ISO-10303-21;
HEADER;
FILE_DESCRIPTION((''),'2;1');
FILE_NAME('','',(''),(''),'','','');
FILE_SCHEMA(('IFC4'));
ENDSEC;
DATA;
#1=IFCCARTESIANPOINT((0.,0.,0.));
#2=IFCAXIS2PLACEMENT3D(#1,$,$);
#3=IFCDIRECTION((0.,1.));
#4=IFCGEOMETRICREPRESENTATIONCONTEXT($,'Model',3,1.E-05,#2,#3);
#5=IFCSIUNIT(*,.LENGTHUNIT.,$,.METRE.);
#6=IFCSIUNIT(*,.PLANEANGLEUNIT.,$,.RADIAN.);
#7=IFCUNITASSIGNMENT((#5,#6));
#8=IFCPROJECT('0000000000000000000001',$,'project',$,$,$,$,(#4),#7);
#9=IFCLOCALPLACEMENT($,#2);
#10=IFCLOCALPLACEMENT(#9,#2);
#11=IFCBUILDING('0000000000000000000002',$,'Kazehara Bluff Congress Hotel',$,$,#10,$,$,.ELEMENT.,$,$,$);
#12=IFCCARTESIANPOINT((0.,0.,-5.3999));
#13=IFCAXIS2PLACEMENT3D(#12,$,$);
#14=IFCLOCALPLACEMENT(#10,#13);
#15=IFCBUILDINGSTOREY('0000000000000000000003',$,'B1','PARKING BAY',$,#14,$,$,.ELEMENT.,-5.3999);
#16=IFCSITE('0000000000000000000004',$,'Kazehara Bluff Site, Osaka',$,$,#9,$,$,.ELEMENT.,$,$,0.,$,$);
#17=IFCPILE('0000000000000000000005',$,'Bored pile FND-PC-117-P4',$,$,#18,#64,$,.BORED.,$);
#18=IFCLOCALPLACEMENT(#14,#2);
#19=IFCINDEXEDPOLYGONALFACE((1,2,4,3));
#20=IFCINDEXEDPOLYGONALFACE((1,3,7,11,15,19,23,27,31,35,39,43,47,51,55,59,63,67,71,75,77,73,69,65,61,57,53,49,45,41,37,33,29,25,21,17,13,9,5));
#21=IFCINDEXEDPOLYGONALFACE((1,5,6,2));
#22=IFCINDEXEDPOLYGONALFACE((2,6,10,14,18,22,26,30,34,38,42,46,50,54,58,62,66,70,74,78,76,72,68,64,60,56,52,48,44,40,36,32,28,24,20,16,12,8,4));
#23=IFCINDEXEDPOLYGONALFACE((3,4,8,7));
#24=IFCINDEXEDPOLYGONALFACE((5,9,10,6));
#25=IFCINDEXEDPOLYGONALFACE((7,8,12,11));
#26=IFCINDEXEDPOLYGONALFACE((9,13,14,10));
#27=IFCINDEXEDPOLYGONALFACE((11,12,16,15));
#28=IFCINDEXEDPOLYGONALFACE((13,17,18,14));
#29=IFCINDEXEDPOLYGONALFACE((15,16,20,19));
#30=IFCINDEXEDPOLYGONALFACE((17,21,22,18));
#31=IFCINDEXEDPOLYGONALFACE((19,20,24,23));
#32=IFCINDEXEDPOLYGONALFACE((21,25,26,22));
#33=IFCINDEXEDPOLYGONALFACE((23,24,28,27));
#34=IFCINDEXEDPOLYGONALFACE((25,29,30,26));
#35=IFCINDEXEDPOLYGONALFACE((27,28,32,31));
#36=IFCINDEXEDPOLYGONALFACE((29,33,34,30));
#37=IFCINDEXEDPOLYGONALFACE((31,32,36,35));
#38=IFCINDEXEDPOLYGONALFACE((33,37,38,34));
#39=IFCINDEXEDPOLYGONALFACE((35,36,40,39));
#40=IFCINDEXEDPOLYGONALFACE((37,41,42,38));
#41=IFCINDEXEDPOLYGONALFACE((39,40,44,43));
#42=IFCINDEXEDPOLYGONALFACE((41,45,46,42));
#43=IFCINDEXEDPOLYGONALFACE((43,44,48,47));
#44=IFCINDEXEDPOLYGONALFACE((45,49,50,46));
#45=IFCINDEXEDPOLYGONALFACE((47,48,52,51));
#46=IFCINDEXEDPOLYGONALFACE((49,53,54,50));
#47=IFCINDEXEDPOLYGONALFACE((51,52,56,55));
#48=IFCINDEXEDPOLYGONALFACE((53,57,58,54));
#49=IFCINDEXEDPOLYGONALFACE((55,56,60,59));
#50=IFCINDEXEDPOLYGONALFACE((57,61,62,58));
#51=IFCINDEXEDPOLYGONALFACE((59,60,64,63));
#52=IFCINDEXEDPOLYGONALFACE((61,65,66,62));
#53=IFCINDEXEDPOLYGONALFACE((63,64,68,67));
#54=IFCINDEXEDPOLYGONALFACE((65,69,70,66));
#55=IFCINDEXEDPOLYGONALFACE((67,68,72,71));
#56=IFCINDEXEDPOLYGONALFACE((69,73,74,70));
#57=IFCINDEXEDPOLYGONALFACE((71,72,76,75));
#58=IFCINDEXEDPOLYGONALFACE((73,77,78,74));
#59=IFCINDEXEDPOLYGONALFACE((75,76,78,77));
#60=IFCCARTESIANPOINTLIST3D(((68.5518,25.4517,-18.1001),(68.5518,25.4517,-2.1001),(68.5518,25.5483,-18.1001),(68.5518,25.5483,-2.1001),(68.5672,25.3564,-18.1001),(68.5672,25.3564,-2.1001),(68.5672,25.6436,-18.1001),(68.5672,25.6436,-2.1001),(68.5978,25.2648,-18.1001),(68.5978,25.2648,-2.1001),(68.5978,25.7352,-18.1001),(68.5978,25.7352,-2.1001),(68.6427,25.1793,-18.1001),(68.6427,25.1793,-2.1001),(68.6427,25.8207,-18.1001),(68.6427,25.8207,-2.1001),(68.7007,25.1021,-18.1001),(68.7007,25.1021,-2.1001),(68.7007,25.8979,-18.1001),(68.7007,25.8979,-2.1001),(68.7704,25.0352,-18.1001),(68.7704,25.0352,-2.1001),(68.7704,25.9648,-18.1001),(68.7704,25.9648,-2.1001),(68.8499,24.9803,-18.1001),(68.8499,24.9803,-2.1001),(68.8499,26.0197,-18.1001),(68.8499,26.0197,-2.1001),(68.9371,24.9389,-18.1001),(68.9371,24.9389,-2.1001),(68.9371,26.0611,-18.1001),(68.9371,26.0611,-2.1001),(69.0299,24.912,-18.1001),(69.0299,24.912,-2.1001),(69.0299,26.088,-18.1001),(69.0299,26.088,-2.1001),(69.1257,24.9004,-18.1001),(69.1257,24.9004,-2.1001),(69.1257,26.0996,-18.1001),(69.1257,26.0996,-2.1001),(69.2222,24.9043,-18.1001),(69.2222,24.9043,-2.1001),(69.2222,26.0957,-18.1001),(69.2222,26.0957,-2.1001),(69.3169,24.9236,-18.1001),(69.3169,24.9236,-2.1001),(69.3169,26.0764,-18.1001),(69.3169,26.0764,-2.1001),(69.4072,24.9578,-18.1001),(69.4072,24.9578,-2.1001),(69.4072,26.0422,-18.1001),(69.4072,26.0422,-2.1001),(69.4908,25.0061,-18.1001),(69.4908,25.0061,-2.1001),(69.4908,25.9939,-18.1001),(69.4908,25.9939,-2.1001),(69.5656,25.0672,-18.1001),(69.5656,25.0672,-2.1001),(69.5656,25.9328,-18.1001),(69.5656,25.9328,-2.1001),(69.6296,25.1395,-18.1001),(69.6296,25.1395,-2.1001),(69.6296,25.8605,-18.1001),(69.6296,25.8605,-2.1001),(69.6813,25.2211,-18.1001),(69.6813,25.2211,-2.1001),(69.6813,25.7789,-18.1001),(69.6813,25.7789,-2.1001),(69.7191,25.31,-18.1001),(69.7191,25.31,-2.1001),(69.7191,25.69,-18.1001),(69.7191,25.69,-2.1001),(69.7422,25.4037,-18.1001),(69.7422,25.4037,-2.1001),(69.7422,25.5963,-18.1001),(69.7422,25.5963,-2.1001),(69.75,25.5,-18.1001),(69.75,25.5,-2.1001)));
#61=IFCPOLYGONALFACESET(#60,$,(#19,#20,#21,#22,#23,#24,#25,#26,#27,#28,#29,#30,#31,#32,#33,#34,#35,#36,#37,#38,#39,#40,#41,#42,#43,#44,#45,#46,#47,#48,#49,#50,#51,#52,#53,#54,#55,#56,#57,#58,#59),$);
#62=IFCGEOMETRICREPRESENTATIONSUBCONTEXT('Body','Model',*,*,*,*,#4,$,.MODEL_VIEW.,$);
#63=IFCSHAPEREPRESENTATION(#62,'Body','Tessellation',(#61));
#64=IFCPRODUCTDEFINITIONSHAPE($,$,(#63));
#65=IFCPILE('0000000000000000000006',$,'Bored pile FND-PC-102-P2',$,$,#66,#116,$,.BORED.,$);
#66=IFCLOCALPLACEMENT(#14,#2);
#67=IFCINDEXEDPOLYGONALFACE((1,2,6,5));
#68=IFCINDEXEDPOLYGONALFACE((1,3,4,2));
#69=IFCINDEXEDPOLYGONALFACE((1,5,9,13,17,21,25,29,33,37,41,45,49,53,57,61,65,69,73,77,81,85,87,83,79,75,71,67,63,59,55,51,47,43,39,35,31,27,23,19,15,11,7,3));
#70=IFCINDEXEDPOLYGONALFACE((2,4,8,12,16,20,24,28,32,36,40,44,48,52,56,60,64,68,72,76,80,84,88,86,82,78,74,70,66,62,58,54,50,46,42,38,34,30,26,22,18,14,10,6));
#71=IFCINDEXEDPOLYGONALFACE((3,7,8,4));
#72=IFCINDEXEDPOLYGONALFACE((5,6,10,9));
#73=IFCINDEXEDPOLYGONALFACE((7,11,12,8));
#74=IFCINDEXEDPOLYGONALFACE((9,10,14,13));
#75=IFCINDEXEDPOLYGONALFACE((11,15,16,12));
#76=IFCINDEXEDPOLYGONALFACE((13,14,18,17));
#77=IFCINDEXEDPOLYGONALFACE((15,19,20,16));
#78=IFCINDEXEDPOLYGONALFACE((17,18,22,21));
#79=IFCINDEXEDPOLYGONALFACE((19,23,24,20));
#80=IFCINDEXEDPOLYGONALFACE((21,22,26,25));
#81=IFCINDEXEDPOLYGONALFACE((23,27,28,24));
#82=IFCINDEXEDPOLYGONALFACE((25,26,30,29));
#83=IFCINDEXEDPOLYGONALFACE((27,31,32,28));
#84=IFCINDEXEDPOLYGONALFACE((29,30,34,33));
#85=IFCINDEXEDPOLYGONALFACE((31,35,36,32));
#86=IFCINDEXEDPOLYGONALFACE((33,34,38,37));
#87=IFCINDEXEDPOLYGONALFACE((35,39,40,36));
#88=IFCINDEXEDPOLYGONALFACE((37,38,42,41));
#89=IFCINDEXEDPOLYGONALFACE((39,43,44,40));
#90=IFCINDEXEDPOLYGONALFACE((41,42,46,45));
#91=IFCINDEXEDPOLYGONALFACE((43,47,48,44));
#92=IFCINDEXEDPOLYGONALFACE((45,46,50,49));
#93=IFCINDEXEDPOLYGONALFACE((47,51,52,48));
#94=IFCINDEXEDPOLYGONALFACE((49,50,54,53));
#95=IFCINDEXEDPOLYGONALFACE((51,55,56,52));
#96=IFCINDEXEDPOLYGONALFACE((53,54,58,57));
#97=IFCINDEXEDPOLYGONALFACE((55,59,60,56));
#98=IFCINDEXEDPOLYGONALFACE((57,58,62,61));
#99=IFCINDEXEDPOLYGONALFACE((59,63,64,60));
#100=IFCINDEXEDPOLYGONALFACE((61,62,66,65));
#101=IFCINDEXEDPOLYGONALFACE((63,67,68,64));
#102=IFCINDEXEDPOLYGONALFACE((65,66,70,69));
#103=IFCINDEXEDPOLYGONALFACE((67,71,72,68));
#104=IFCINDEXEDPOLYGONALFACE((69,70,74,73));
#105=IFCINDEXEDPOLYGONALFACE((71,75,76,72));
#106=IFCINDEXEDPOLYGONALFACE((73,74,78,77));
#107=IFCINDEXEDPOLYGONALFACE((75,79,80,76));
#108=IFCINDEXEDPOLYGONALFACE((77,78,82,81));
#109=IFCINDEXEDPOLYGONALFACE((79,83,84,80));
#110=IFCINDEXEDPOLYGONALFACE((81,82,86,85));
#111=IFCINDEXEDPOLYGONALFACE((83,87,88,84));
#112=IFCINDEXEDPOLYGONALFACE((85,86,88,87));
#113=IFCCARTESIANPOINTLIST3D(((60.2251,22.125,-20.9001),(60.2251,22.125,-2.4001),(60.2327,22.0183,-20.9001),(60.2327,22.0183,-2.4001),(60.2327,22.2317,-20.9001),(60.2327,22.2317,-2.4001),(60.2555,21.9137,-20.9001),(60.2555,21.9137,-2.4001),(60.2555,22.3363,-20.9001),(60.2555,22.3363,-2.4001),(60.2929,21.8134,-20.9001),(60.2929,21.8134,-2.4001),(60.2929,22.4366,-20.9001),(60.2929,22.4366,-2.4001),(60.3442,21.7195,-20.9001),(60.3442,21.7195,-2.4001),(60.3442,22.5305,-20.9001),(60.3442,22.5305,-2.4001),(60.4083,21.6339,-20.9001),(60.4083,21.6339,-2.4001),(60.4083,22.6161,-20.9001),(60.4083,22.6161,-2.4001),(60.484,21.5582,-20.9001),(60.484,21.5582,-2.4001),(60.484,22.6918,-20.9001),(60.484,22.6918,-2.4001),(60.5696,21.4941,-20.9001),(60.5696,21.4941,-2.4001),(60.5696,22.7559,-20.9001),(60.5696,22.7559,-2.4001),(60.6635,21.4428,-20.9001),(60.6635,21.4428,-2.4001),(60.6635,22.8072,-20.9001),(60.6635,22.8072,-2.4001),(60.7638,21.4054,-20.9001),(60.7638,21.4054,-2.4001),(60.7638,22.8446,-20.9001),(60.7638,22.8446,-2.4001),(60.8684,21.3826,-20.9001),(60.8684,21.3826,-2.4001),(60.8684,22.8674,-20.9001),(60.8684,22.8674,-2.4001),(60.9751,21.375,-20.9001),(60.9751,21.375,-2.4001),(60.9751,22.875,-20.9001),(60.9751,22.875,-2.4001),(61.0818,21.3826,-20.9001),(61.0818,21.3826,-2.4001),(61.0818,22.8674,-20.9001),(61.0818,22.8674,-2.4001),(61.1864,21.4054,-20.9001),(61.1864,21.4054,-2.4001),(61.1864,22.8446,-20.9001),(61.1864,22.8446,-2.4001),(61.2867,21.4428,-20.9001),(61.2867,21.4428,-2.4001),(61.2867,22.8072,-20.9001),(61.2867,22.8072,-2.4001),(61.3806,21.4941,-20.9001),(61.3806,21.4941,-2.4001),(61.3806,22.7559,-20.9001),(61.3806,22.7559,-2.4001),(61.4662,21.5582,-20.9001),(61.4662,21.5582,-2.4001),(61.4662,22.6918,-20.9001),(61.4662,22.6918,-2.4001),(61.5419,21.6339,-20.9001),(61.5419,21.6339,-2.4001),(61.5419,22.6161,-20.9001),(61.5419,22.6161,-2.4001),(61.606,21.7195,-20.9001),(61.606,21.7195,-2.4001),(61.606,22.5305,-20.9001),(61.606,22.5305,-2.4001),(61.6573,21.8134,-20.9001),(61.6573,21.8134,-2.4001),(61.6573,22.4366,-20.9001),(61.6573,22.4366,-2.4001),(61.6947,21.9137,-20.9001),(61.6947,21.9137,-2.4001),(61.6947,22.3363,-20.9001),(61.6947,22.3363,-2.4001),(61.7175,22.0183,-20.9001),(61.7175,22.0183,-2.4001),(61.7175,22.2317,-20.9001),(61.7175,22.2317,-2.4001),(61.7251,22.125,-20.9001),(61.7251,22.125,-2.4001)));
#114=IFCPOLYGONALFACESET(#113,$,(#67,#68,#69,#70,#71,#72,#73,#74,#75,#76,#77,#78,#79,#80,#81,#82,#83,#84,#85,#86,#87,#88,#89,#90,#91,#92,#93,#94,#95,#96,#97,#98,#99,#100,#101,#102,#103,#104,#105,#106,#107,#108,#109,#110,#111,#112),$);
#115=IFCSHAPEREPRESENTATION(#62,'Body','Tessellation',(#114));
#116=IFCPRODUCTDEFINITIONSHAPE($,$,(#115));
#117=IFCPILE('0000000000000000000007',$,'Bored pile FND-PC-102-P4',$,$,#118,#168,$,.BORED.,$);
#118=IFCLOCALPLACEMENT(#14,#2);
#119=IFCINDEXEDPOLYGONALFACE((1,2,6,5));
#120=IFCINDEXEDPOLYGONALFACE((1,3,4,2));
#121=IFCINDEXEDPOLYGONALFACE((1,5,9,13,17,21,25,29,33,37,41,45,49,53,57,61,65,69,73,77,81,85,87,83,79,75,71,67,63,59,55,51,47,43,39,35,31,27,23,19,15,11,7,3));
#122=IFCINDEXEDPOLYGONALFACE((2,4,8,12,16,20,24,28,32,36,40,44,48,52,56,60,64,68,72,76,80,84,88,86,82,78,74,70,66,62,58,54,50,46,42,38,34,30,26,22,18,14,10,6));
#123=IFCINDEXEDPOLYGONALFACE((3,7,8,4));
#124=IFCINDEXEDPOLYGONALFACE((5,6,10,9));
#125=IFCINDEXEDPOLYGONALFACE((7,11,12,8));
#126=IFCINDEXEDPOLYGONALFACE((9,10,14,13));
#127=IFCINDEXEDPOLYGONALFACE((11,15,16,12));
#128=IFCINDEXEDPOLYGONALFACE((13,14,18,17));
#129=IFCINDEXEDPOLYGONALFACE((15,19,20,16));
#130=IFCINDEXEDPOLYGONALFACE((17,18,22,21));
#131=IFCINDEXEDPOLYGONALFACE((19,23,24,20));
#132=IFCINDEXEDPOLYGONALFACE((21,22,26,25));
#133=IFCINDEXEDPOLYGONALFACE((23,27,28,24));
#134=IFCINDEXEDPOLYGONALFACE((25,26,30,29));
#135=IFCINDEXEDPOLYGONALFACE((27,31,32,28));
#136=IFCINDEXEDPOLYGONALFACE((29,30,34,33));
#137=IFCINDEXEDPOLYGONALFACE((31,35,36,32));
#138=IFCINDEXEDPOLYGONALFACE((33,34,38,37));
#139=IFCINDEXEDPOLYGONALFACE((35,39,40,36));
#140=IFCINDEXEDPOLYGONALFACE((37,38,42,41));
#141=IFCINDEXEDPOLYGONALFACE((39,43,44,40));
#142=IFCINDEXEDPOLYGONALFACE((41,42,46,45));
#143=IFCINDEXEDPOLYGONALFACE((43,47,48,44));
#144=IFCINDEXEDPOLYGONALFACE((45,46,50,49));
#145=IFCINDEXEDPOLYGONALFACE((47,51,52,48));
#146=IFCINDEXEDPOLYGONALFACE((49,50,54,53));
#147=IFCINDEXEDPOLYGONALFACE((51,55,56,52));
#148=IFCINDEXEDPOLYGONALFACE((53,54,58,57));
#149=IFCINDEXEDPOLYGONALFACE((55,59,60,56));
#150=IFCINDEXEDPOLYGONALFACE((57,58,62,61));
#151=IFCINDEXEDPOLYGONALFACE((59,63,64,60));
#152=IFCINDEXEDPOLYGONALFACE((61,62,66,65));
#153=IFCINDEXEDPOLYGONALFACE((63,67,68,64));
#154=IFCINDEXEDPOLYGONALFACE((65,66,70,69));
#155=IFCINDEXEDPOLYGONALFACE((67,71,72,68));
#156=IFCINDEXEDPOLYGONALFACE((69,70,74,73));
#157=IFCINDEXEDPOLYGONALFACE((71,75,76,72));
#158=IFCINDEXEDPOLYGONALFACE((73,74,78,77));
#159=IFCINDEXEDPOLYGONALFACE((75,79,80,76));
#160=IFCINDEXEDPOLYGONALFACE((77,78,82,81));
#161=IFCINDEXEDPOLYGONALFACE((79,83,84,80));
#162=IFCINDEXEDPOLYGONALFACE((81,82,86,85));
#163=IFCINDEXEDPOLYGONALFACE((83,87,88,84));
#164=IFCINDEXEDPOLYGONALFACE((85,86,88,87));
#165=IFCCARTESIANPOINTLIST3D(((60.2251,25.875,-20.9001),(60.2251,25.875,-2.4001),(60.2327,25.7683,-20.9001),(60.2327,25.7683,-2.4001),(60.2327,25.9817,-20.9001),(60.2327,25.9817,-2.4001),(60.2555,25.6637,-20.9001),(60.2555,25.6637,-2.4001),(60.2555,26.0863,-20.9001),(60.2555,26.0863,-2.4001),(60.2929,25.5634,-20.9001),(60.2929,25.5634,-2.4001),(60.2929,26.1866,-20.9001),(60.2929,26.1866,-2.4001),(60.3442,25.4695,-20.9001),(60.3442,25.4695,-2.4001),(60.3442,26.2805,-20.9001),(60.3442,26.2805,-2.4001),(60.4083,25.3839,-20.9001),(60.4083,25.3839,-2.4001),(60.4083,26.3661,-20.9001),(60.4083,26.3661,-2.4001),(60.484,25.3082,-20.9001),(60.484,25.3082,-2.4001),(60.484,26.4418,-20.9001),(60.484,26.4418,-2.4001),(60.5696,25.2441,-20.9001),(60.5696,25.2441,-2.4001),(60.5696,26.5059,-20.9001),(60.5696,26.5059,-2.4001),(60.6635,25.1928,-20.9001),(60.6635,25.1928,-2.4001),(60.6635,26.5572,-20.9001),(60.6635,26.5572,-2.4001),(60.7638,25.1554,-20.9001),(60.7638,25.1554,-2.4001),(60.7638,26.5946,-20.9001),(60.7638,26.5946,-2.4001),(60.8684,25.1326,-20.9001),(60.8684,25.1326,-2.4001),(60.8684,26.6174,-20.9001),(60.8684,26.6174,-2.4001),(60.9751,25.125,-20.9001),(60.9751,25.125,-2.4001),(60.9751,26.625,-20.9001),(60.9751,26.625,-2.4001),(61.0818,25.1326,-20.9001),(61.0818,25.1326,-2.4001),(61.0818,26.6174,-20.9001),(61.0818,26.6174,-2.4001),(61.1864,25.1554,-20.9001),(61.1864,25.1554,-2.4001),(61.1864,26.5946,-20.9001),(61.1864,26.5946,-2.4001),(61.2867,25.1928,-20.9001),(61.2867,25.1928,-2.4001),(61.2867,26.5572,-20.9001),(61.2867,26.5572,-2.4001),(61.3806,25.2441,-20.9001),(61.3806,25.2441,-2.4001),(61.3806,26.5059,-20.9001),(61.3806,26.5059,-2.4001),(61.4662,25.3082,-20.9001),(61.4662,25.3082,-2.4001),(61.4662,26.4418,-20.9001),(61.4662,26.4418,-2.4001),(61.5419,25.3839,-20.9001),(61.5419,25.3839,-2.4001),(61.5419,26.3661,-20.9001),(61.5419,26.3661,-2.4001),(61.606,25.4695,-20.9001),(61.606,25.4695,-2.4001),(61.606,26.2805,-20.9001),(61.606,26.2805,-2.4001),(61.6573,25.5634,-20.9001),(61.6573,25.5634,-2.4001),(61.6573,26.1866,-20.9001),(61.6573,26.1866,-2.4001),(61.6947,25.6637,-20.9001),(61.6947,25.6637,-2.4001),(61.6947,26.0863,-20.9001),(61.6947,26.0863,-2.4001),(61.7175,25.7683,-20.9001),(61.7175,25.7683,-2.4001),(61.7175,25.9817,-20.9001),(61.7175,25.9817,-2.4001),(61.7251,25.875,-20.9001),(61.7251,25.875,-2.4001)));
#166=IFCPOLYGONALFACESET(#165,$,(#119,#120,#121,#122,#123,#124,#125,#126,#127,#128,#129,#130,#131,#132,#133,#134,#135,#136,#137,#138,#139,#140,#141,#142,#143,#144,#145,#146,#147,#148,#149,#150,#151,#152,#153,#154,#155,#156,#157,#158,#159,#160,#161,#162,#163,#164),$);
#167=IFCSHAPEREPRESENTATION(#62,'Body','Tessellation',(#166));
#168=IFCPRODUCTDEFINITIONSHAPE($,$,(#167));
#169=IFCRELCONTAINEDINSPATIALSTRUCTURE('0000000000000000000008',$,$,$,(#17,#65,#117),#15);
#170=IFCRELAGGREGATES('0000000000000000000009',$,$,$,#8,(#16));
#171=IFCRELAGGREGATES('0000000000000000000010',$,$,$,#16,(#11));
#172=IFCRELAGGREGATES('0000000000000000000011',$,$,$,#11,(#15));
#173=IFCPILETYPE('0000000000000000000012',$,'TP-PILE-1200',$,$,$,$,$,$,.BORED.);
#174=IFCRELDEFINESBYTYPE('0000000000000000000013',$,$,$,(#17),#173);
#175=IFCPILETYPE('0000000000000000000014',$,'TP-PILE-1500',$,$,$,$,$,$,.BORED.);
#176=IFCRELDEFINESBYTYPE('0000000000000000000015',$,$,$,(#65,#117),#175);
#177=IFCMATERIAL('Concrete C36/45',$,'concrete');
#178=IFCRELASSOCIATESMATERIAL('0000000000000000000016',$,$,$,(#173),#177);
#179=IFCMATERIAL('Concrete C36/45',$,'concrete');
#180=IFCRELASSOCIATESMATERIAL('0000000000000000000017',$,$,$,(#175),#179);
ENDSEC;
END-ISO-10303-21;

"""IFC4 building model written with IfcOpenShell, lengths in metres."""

from ifc_helpers import new_model, si_unit, direction, frame, origin, origin_2d, place, context, subcontext, project, spatial, circle, extrude, material, material_profile, profile_set, type_object, element, save


model = new_model("IFC4")

# Units and contexts
model_context = context("Model", 3, precision=1e-05, world=origin(), true_north=direction((0.0, 1.0)))
body_context = subcontext(model_context, "Body", "Model", "MODEL_VIEW")
ifc_project = project(units=[si_unit("LENGTHUNIT", "METRE"), si_unit("PLANEANGLEUNIT", "RADIAN")], contexts=[model_context])

# Site, building, storey
site_placement = place(None, origin())
site = spatial("IfcSite", under=ifc_project, at=site_placement, Name="Kazehara Bluff Site, Osaka", CompositionType="ELEMENT", RefElevation=0.0)
building_placement = place(site_placement, origin())
building = spatial("IfcBuilding", under=site, at=building_placement, Name="Kazehara Bluff Congress Hotel", CompositionType="ELEMENT")
storey_placement = place(building_placement, frame((0.0, 0.0, -5.3999)))
storey = spatial("IfcBuildingStorey", under=building, at=storey_placement, Name="B1", Description="PARKING BAY", CompositionType="ELEMENT", Elevation=-5.3999)

# Piles
ifc_material_1 = material(Name="Concrete C36/45", Category="concrete")
ifc_material_profile_1 = material_profile(ifc_material_1, circle(Radius=0.6001, at=origin_2d()))
ifc_profile_set_1 = profile_set([ifc_material_profile_1], Name="Concrete C36/45")
pile_type_1 = type_object("IfcPileType", Name="TP-PILE-1200", PredefinedType="BORED", material=ifc_profile_set_1)
for number, where, z_axis, x_axis, name in (
    (1, (69.1499, 25.5, -2.1001), (0.0, 0.0, -1.0), (1.0, 0.0, 0.0), "Bored pile FND-PC-117-P4"),
):
    element("IfcPile", number, at=place(storey_placement, frame(where, z_axis=z_axis, x_axis=x_axis)), inside=storey, type_object=pile_type_1, Name=name, PredefinedType="BORED", context=body_context, shape_type="SweptSolid", body=[
        extrude(circle(Radius=0.6001, at=origin_2d()), origin(), (0.0, 0.0, 1.0), 16.0),
    ])
ifc_material_2 = material(Name="Concrete C36/45", Category="concrete")
ifc_material_profile_2 = material_profile(ifc_material_2, circle(Radius=0.75, at=origin_2d()))
ifc_profile_set_2 = profile_set([ifc_material_profile_2], Name="Concrete C36/45")
pile_type_2 = type_object("IfcPileType", Name="TP-PILE-1500", PredefinedType="BORED", material=ifc_profile_set_2)
for number, where, z_axis, x_axis, name in (
    (2, (60.9751, 22.125, -2.4001), (0.0, 0.0, -1.0), (1.0, 0.0, 0.0), "Bored pile FND-PC-102-P2"),
    (3, (60.9751, 25.875, -2.4001), (0.0, 0.0, -1.0), (1.0, 0.0, 0.0), "Bored pile FND-PC-102-P4"),
):
    element("IfcPile", number, at=place(storey_placement, frame(where, z_axis=z_axis, x_axis=x_axis)), inside=storey, type_object=pile_type_2, Name=name, PredefinedType="BORED", context=body_context, shape_type="SweptSolid", body=[
        extrude(circle(Radius=0.75, at=origin_2d()), origin(), (0.0, 0.0, 1.0), 18.5),
    ])

save(model, "model.ifc")
